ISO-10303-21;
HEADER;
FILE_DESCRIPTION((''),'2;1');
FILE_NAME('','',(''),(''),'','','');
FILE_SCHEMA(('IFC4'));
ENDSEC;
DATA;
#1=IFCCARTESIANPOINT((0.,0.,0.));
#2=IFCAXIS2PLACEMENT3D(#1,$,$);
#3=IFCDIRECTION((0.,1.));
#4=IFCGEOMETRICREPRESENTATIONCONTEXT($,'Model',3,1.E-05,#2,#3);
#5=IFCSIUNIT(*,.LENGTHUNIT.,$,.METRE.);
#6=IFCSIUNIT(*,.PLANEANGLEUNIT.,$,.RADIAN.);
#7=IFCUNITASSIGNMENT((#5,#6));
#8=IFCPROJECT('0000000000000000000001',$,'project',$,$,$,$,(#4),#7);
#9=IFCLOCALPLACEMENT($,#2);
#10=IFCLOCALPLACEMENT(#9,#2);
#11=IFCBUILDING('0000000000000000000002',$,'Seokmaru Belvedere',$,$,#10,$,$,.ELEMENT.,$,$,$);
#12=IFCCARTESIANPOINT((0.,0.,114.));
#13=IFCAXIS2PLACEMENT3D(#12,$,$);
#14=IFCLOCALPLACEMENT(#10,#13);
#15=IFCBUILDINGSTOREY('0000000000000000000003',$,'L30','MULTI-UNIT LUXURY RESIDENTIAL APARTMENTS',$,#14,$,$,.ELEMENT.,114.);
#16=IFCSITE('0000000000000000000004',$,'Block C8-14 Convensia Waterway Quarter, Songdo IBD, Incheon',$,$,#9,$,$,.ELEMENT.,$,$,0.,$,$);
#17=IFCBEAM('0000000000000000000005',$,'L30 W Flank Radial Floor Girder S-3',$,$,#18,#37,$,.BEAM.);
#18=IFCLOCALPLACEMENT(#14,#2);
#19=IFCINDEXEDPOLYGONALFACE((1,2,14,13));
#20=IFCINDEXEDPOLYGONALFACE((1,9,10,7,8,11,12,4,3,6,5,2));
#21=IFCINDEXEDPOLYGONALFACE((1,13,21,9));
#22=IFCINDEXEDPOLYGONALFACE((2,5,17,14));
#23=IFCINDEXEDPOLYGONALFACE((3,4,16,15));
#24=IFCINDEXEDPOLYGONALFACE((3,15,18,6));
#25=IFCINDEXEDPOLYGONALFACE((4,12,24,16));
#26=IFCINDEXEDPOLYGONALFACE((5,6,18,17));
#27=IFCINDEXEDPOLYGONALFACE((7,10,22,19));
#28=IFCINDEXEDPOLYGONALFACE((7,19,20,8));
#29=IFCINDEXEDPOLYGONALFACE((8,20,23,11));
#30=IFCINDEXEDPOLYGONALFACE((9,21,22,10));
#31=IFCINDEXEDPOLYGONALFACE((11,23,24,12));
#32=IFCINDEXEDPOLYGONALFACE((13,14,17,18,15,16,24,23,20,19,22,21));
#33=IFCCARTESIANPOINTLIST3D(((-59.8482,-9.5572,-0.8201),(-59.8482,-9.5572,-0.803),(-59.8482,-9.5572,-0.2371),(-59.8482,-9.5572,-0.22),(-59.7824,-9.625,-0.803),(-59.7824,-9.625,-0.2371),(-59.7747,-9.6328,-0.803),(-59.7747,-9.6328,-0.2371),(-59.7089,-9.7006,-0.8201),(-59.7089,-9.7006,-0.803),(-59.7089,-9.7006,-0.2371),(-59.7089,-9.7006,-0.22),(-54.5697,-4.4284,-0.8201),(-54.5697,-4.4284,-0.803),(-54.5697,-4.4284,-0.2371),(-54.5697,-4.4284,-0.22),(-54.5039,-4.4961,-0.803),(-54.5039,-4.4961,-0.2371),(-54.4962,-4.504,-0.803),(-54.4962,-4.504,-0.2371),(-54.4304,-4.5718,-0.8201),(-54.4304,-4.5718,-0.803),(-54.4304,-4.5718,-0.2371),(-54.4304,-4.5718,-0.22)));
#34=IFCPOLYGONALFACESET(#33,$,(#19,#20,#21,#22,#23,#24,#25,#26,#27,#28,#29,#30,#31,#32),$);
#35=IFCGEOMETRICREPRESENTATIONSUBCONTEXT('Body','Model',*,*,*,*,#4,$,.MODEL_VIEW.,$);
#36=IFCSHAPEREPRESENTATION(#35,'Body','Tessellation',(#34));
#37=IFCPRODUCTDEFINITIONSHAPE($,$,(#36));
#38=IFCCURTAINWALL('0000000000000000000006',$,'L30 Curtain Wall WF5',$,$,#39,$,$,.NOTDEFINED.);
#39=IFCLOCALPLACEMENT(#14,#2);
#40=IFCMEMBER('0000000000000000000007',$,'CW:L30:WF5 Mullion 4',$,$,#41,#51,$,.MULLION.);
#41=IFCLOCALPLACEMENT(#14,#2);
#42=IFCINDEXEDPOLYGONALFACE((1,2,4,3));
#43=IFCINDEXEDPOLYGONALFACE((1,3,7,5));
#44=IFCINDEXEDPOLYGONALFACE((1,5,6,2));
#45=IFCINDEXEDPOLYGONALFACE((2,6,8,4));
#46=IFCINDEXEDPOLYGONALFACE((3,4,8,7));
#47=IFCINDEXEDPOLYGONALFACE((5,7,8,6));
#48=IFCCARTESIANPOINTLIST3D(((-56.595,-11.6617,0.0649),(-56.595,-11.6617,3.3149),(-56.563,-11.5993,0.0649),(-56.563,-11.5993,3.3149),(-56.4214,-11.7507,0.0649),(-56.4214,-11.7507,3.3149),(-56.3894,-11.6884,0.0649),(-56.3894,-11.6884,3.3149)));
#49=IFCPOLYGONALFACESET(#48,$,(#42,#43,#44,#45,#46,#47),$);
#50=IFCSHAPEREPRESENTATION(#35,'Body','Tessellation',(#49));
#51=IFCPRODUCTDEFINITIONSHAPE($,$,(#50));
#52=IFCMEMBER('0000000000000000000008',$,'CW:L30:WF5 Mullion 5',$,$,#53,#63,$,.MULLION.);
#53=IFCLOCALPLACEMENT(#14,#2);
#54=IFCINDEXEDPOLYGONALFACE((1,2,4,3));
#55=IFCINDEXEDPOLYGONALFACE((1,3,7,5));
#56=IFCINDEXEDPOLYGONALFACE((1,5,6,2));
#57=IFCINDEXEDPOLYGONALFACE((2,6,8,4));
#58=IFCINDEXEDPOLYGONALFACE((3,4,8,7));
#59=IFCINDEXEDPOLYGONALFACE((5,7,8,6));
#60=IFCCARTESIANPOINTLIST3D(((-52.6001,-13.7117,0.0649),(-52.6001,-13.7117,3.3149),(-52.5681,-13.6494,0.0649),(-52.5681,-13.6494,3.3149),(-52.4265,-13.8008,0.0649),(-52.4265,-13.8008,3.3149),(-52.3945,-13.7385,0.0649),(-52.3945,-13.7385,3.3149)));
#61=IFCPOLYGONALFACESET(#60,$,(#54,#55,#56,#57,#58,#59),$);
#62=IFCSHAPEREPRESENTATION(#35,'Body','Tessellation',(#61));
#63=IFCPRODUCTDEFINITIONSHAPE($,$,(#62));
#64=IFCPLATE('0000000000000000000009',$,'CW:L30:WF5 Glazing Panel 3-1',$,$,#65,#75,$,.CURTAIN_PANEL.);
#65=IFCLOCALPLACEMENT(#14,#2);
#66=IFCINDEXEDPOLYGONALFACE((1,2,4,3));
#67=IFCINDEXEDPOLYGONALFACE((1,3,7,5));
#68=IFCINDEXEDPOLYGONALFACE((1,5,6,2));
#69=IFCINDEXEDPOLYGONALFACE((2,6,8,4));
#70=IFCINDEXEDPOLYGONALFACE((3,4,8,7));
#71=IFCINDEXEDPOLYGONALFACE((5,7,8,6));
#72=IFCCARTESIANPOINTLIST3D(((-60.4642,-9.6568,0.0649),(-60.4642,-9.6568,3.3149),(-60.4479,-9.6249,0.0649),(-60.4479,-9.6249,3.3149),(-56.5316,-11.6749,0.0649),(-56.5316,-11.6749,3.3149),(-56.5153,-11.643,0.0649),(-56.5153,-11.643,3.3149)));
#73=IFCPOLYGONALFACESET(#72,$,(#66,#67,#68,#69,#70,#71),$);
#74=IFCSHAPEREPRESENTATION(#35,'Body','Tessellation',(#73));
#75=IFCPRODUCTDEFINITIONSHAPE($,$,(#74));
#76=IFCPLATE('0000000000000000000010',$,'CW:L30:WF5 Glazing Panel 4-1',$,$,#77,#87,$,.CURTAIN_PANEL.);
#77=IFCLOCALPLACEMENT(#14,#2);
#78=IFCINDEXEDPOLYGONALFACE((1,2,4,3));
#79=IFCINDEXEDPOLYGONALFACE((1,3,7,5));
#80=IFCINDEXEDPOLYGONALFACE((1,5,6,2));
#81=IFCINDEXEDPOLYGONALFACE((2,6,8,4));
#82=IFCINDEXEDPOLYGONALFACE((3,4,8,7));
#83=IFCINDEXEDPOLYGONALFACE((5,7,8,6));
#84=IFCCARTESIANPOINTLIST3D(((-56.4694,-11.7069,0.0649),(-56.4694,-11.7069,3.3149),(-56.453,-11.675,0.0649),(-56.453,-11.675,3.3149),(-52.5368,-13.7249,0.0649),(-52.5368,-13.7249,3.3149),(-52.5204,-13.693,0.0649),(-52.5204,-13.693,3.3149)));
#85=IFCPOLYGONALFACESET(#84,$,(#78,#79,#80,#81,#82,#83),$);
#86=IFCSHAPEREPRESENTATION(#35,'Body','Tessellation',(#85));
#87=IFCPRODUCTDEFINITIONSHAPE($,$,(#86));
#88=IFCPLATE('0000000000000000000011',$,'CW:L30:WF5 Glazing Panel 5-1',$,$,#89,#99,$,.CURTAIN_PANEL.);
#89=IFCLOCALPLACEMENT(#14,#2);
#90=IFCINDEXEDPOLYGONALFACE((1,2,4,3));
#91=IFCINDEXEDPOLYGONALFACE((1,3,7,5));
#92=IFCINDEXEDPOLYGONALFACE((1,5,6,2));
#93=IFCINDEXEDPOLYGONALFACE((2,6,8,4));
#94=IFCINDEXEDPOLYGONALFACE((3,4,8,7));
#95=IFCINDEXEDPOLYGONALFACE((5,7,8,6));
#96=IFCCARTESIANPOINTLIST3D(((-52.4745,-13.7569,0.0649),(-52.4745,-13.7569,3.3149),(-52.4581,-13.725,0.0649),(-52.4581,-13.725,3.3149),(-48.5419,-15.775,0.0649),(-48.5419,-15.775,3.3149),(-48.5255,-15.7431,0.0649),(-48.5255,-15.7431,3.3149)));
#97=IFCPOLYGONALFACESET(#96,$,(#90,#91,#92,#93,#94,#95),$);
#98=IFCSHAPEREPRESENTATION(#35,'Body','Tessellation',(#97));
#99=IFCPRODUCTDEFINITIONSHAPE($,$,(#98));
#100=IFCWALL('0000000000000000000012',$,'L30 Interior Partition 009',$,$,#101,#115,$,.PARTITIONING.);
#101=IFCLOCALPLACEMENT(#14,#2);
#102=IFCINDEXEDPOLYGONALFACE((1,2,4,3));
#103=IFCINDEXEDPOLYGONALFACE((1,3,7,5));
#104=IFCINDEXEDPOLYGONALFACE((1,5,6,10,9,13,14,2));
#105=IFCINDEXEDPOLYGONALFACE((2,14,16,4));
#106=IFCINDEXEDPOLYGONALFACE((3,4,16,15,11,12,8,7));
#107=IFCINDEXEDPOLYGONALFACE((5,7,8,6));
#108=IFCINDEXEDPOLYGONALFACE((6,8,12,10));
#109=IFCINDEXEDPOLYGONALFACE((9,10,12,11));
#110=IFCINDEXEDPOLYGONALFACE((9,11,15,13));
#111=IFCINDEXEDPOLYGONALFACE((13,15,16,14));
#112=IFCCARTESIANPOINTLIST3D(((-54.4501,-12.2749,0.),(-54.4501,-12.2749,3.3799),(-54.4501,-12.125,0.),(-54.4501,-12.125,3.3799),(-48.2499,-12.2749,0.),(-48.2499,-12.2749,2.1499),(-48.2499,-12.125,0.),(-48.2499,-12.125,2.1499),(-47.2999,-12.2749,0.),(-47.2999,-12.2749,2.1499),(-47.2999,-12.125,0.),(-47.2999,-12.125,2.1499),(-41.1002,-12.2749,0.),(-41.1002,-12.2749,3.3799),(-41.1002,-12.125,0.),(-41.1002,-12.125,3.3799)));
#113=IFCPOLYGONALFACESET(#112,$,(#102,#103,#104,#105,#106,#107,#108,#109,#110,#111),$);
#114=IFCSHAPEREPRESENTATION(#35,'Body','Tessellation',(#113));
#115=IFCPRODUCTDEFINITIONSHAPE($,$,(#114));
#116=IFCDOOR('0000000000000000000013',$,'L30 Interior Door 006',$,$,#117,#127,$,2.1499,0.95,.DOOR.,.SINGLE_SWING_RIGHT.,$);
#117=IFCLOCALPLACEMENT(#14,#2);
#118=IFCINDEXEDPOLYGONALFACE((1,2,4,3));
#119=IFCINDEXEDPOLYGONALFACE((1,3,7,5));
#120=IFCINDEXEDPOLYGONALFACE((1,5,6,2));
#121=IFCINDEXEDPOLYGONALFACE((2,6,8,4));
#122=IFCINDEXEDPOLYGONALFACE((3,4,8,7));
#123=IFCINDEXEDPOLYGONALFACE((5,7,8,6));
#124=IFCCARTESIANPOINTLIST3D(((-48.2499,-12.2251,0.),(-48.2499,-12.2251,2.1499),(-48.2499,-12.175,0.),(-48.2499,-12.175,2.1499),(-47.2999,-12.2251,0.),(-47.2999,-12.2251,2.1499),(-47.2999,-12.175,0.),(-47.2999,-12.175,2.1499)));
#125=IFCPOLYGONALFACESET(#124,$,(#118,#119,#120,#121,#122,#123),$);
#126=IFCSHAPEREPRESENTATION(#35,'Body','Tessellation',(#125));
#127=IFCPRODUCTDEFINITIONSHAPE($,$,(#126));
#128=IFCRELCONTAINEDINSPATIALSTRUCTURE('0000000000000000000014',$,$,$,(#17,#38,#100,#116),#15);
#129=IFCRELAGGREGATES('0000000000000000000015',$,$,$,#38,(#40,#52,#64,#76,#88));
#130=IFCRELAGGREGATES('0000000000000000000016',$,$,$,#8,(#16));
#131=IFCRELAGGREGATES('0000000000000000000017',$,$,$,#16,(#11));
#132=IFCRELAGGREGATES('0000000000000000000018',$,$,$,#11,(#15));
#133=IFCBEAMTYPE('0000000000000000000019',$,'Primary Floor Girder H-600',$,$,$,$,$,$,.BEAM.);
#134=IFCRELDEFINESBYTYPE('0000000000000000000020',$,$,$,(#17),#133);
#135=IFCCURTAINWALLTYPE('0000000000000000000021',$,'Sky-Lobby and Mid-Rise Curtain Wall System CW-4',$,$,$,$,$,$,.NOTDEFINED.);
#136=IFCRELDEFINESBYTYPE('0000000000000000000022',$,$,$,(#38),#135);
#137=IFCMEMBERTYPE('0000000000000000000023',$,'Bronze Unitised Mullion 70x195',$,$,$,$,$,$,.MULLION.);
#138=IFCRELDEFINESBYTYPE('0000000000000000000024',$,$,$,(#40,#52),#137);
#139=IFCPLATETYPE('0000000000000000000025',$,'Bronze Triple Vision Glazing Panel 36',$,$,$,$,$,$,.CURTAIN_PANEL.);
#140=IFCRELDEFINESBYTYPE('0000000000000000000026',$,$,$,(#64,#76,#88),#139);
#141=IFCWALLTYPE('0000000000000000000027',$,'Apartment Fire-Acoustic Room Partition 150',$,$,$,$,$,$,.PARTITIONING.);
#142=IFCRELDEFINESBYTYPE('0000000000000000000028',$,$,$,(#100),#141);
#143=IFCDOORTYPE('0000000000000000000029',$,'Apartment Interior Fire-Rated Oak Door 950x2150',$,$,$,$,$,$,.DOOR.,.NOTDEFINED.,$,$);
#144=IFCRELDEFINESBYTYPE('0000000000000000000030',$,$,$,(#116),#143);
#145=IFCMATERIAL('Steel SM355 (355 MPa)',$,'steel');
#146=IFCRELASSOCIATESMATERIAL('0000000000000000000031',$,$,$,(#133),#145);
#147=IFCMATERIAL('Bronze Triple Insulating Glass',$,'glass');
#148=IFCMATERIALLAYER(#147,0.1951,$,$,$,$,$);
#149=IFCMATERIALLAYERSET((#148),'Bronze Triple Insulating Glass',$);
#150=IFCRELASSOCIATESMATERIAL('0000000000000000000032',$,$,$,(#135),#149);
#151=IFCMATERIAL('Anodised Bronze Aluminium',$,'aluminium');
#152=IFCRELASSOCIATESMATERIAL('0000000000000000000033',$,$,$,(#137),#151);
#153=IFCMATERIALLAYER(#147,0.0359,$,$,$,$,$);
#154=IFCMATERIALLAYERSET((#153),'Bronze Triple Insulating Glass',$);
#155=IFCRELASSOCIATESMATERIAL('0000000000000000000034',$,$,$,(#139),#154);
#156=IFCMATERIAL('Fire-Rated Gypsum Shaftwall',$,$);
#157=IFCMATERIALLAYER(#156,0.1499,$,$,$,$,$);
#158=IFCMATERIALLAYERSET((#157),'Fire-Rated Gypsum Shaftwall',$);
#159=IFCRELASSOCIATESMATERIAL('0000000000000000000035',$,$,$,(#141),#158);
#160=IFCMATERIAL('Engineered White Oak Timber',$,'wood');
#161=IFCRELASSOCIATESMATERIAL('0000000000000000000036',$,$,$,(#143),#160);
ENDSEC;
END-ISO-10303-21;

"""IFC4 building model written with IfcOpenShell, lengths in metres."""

from ifc_helpers import new_model, si_unit, direction, frame, frame_2d, origin, origin_2d, place, context, subcontext, project, spatial, rectangle, i_section, extrude, source, transform, mapped, material, layer, layer_set, material_profile, profile_set, type_object, type_shapes, element, fill, aggregate, save


model = new_model("IFC4")

# Units and contexts
model_context = context("Model", 3, precision=1e-05, world=origin(), true_north=direction((0.0, 1.0)))
body_context = subcontext(model_context, "Body", "Model", "MODEL_VIEW")
ifc_project = project(units=[si_unit("LENGTHUNIT", "METRE"), si_unit("PLANEANGLEUNIT", "RADIAN")], contexts=[model_context])

# Site, building, storey
site_placement = place(None, origin())
site = spatial("IfcSite", under=ifc_project, at=site_placement, Name="Block C8-14 Convensia Waterway Quarter, Songdo IBD, Incheon", CompositionType="ELEMENT", RefElevation=0.0)
building_placement = place(site_placement, origin())
building = spatial("IfcBuilding", under=site, at=building_placement, Name="Seokmaru Belvedere", CompositionType="ELEMENT")
storey_placement = place(building_placement, frame((0.0, 0.0, 114.0)))
storey = spatial("IfcBuildingStorey", under=building, at=storey_placement, Name="L30", Description="MULTI-UNIT LUXURY RESIDENTIAL APARTMENTS", CompositionType="ELEMENT", Elevation=114.0)

# Shared definitions
ifc_material_1 = material(Name="Steel SM355 (355 MPa)", Category="steel")

# Beam
ifc_material_profile_1 = material_profile(ifc_material_1, i_section(OverallWidth=0.2, OverallDepth=0.6001, WebThickness=0.011, FlangeThickness=0.0171, at=origin_2d()), Name="H-600x200x11x17")
ifc_profile_set_1 = profile_set([ifc_material_profile_1], Name="Steel SM355 (355 MPa)")
beam_type_1 = type_object("IfcBeamType", Name="Primary Floor Girder H-600", PredefinedType="BEAM", material=ifc_profile_set_1)
shared_shape_1 = source(origin(), body_context, "Body", "SweptSolid", [
    extrude(i_section(OverallWidth=0.2, OverallDepth=0.6001, WebThickness=0.011, FlangeThickness=0.0171, at=origin_2d()), origin(), (0.0, 0.0, 1.0), 7.3599),
])
beam_1_placement = place(storey_placement, frame((-59.7786, -9.6289, -0.52), z_axis=(0.717201, 0.696867, 0.0), x_axis=(-0.696867, 0.717201, 0.0)))
element("IfcBeam", 1, at=beam_1_placement, inside=storey, type_object=beam_type_1, Name="L30 W Flank Radial Floor Girder S-3", PredefinedType="BEAM", context=body_context, shape_type="MappedRepresentation", body=[
    mapped(shared_shape_1, transform((0.0, 0.0, 0.0), scale=1.0)),
])

# Curtain wall, members, plates
ifc_material_2 = material(Name="Bronze Triple Insulating Glass", Category="glass")
ifc_layer_1 = layer(ifc_material_2, 0.1951)
ifc_layer_set_1 = layer_set([ifc_layer_1], Name="Bronze Triple Insulating Glass")
curtain_wall_type = type_object("IfcCurtainWallType", Name="Sky-Lobby and Mid-Rise Curtain Wall System CW-4", PredefinedType="NOTDEFINED", material=ifc_layer_set_1)
curtain_wall_placement = place(storey_placement, origin())
curtain_wall = element("IfcCurtainWall", 2, at=curtain_wall_placement, inside=storey, type_object=curtain_wall_type, Name="L30 Curtain Wall WF5", PredefinedType="NOTDEFINED")
ifc_material_3 = material(Name="Anodised Bronze Aluminium", Category="aluminium")
ifc_material_profile_2 = material_profile(ifc_material_3, rectangle(XDim=0.0701, YDim=0.1951, at=origin_2d()), Name="CW-M-70x195")
ifc_profile_set_2 = profile_set([ifc_material_profile_2], Name="Anodised Bronze Aluminium")
member_type = type_object("IfcMemberType", Name="Bronze Unitised Mullion 70x195", PredefinedType="MULLION", material=ifc_profile_set_2)
shared_shape_2 = source(origin(), body_context, "Body", "SweptSolid", [
    extrude(rectangle(XDim=0.0701, YDim=0.1951, at=origin_2d()), origin(), (0.0, 0.0, 1.0), 3.25),
])
type_shapes(member_type, [shared_shape_2])
member_1_placement = place(storey_placement, frame((-56.4922, -11.675, 0.0649), z_axis=(0.0, 0.0, 1.0), x_axis=(0.456555, 0.889695, 0.0)))
member_1 = element("IfcMember", 3, at=member_1_placement, type_object=member_type, Name="CW:L30:WF5 Mullion 4", PredefinedType="MULLION", context=body_context, shape_type="MappedRepresentation", body=[
    mapped(shared_shape_2, transform((0.0, 0.0, 0.0), scale=1.0)),
])
member_2_placement = place(storey_placement, frame((-52.4973, -13.7251, 0.0649), z_axis=(0.0, 0.0, 1.0), x_axis=(0.456555, 0.889695, 0.0)))
member_2 = element("IfcMember", 4, at=member_2_placement, type_object=member_type, Name="CW:L30:WF5 Mullion 5", PredefinedType="MULLION", context=body_context, shape_type="MappedRepresentation", body=[
    mapped(shared_shape_2, transform((0.0, 0.0, 0.0), scale=1.0)),
])
ifc_layer_2 = layer(ifc_material_2, 0.0359)
ifc_layer_set_2 = layer_set([ifc_layer_2], Name="Bronze Triple Insulating Glass")
plate_type = type_object("IfcPlateType", Name="Bronze Triple Vision Glazing Panel 36", PredefinedType="CURTAIN_PANEL", material=ifc_layer_set_2)
shared_shape_3 = source(origin(), body_context, "Body", "SweptSolid", [
    extrude(rectangle(XDim=4.4202, YDim=0.0359, at=origin_2d()), origin(), (0.0, 0.0, 1.0), 3.25),
])
type_shapes(plate_type, [shared_shape_3])
plate_1_placement = place(storey_placement, frame((-58.4897, -10.6499, 0.0649), z_axis=(0.0, 0.0, 1.0), x_axis=(0.889695, -0.456555, 0.0)))
plate_1 = element("IfcPlate", 5, at=plate_1_placement, type_object=plate_type, Name="CW:L30:WF5 Glazing Panel 3-1", PredefinedType="CURTAIN_PANEL", context=body_context, shape_type="MappedRepresentation", body=[
    mapped(shared_shape_3, transform((0.0, 0.0, 0.0), scale=1.0)),
])
plate_2_placement = place(storey_placement, frame((-54.4949, -12.7, 0.0649), z_axis=(0.0, 0.0, 1.0), x_axis=(0.889695, -0.456555, 0.0)))
plate_2 = element("IfcPlate", 6, at=plate_2_placement, type_object=plate_type, Name="CW:L30:WF5 Glazing Panel 4-1", PredefinedType="CURTAIN_PANEL", context=body_context, shape_type="MappedRepresentation", body=[
    mapped(shared_shape_3, transform((0.0, 0.0, 0.0), scale=1.0)),
])
plate_3_placement = place(storey_placement, frame((-50.5, -14.75, 0.0649), z_axis=(0.0, 0.0, 1.0), x_axis=(0.889695, -0.456555, 0.0)))
plate_3 = element("IfcPlate", 7, at=plate_3_placement, type_object=plate_type, Name="CW:L30:WF5 Glazing Panel 5-1", PredefinedType="CURTAIN_PANEL", context=body_context, shape_type="MappedRepresentation", body=[
    mapped(shared_shape_3, transform((0.0, 0.0, 0.0), scale=1.0)),
])
aggregate(curtain_wall, [member_1, member_2, plate_1, plate_2, plate_3])

# Wall, opening, door
ifc_material_4 = material(Name="Fire-Rated Gypsum Shaftwall")
ifc_layer_3 = layer(ifc_material_4, 0.1499)
ifc_layer_set_3 = layer_set([ifc_layer_3], Name="Fire-Rated Gypsum Shaftwall")
wall_type = type_object("IfcWallType", Name="Apartment Fire-Acoustic Room Partition 150", PredefinedType="PARTITIONING", material=ifc_layer_set_3)
wall_1_placement = place(storey_placement, frame((-54.45, -12.2, 0.0), z_axis=(0.0, 0.0, 1.0), x_axis=(1.0, 0.0, 0.0)))
wall_1 = element("IfcWall", 8, at=wall_1_placement, inside=storey, type_object=wall_type, Name="L30 Interior Partition 009", PredefinedType="PARTITIONING", context=body_context, shape_type="SweptSolid", body=[
    extrude(rectangle(XDim=13.3499, YDim=0.1499, at=frame_2d((6.6748, 0.0))), origin(), (0.0, 0.0, 1.0), 3.3799),
])
opening_1_placement = place(wall_1_placement, frame((6.2, 0.0, 0.0)))
opening_1 = element("IfcOpeningElement", 9, at=opening_1_placement, cuts=wall_1, PredefinedType="OPENING", context=body_context, shape_type="SweptSolid", body=[
    extrude(rectangle(XDim=0.95, YDim=2.1499, at=frame_2d((0.4751, 1.075))), frame((0.0, 0.085, 0.0), z_axis=(0.0, -1.0, 0.0), x_axis=(1.0, 0.0, 0.0)), (0.0, 0.0, 1.0), 0.1699),
])
ifc_material_5 = material(Name="Engineered White Oak Timber", Category="wood")
door_type = type_object("IfcDoorType", Name="Apartment Interior Fire-Rated Oak Door 950x2150", OperationType="NOTDEFINED", PredefinedType="DOOR", material=ifc_material_5)
shared_shape_4 = source(origin(), body_context, "Body", "SweptSolid", [
    extrude(rectangle(XDim=0.95, YDim=2.1499, at=frame_2d((0.4751, 1.075))), frame((0.0, 0.0249, 0.0), z_axis=(0.0, -1.0, 0.0), x_axis=(1.0, 0.0, 0.0)), (0.0, 0.0, 1.0), 0.05),
])
type_shapes(door_type, [shared_shape_4])
door_1_placement = place(opening_1_placement, origin())
door_1 = element("IfcDoor", 10, at=door_1_placement, inside=storey, type_object=door_type, Name="L30 Interior Door 006", OperationType="SINGLE_SWING_RIGHT", OverallHeight=2.1499, OverallWidth=0.95, PredefinedType="DOOR", context=body_context, shape_type="MappedRepresentation", body=[
    mapped(shared_shape_4, transform((0.0, 0.0, 0.0), scale=1.0)),
])
fill(opening_1, door_1)

save(model, "model.ifc")
